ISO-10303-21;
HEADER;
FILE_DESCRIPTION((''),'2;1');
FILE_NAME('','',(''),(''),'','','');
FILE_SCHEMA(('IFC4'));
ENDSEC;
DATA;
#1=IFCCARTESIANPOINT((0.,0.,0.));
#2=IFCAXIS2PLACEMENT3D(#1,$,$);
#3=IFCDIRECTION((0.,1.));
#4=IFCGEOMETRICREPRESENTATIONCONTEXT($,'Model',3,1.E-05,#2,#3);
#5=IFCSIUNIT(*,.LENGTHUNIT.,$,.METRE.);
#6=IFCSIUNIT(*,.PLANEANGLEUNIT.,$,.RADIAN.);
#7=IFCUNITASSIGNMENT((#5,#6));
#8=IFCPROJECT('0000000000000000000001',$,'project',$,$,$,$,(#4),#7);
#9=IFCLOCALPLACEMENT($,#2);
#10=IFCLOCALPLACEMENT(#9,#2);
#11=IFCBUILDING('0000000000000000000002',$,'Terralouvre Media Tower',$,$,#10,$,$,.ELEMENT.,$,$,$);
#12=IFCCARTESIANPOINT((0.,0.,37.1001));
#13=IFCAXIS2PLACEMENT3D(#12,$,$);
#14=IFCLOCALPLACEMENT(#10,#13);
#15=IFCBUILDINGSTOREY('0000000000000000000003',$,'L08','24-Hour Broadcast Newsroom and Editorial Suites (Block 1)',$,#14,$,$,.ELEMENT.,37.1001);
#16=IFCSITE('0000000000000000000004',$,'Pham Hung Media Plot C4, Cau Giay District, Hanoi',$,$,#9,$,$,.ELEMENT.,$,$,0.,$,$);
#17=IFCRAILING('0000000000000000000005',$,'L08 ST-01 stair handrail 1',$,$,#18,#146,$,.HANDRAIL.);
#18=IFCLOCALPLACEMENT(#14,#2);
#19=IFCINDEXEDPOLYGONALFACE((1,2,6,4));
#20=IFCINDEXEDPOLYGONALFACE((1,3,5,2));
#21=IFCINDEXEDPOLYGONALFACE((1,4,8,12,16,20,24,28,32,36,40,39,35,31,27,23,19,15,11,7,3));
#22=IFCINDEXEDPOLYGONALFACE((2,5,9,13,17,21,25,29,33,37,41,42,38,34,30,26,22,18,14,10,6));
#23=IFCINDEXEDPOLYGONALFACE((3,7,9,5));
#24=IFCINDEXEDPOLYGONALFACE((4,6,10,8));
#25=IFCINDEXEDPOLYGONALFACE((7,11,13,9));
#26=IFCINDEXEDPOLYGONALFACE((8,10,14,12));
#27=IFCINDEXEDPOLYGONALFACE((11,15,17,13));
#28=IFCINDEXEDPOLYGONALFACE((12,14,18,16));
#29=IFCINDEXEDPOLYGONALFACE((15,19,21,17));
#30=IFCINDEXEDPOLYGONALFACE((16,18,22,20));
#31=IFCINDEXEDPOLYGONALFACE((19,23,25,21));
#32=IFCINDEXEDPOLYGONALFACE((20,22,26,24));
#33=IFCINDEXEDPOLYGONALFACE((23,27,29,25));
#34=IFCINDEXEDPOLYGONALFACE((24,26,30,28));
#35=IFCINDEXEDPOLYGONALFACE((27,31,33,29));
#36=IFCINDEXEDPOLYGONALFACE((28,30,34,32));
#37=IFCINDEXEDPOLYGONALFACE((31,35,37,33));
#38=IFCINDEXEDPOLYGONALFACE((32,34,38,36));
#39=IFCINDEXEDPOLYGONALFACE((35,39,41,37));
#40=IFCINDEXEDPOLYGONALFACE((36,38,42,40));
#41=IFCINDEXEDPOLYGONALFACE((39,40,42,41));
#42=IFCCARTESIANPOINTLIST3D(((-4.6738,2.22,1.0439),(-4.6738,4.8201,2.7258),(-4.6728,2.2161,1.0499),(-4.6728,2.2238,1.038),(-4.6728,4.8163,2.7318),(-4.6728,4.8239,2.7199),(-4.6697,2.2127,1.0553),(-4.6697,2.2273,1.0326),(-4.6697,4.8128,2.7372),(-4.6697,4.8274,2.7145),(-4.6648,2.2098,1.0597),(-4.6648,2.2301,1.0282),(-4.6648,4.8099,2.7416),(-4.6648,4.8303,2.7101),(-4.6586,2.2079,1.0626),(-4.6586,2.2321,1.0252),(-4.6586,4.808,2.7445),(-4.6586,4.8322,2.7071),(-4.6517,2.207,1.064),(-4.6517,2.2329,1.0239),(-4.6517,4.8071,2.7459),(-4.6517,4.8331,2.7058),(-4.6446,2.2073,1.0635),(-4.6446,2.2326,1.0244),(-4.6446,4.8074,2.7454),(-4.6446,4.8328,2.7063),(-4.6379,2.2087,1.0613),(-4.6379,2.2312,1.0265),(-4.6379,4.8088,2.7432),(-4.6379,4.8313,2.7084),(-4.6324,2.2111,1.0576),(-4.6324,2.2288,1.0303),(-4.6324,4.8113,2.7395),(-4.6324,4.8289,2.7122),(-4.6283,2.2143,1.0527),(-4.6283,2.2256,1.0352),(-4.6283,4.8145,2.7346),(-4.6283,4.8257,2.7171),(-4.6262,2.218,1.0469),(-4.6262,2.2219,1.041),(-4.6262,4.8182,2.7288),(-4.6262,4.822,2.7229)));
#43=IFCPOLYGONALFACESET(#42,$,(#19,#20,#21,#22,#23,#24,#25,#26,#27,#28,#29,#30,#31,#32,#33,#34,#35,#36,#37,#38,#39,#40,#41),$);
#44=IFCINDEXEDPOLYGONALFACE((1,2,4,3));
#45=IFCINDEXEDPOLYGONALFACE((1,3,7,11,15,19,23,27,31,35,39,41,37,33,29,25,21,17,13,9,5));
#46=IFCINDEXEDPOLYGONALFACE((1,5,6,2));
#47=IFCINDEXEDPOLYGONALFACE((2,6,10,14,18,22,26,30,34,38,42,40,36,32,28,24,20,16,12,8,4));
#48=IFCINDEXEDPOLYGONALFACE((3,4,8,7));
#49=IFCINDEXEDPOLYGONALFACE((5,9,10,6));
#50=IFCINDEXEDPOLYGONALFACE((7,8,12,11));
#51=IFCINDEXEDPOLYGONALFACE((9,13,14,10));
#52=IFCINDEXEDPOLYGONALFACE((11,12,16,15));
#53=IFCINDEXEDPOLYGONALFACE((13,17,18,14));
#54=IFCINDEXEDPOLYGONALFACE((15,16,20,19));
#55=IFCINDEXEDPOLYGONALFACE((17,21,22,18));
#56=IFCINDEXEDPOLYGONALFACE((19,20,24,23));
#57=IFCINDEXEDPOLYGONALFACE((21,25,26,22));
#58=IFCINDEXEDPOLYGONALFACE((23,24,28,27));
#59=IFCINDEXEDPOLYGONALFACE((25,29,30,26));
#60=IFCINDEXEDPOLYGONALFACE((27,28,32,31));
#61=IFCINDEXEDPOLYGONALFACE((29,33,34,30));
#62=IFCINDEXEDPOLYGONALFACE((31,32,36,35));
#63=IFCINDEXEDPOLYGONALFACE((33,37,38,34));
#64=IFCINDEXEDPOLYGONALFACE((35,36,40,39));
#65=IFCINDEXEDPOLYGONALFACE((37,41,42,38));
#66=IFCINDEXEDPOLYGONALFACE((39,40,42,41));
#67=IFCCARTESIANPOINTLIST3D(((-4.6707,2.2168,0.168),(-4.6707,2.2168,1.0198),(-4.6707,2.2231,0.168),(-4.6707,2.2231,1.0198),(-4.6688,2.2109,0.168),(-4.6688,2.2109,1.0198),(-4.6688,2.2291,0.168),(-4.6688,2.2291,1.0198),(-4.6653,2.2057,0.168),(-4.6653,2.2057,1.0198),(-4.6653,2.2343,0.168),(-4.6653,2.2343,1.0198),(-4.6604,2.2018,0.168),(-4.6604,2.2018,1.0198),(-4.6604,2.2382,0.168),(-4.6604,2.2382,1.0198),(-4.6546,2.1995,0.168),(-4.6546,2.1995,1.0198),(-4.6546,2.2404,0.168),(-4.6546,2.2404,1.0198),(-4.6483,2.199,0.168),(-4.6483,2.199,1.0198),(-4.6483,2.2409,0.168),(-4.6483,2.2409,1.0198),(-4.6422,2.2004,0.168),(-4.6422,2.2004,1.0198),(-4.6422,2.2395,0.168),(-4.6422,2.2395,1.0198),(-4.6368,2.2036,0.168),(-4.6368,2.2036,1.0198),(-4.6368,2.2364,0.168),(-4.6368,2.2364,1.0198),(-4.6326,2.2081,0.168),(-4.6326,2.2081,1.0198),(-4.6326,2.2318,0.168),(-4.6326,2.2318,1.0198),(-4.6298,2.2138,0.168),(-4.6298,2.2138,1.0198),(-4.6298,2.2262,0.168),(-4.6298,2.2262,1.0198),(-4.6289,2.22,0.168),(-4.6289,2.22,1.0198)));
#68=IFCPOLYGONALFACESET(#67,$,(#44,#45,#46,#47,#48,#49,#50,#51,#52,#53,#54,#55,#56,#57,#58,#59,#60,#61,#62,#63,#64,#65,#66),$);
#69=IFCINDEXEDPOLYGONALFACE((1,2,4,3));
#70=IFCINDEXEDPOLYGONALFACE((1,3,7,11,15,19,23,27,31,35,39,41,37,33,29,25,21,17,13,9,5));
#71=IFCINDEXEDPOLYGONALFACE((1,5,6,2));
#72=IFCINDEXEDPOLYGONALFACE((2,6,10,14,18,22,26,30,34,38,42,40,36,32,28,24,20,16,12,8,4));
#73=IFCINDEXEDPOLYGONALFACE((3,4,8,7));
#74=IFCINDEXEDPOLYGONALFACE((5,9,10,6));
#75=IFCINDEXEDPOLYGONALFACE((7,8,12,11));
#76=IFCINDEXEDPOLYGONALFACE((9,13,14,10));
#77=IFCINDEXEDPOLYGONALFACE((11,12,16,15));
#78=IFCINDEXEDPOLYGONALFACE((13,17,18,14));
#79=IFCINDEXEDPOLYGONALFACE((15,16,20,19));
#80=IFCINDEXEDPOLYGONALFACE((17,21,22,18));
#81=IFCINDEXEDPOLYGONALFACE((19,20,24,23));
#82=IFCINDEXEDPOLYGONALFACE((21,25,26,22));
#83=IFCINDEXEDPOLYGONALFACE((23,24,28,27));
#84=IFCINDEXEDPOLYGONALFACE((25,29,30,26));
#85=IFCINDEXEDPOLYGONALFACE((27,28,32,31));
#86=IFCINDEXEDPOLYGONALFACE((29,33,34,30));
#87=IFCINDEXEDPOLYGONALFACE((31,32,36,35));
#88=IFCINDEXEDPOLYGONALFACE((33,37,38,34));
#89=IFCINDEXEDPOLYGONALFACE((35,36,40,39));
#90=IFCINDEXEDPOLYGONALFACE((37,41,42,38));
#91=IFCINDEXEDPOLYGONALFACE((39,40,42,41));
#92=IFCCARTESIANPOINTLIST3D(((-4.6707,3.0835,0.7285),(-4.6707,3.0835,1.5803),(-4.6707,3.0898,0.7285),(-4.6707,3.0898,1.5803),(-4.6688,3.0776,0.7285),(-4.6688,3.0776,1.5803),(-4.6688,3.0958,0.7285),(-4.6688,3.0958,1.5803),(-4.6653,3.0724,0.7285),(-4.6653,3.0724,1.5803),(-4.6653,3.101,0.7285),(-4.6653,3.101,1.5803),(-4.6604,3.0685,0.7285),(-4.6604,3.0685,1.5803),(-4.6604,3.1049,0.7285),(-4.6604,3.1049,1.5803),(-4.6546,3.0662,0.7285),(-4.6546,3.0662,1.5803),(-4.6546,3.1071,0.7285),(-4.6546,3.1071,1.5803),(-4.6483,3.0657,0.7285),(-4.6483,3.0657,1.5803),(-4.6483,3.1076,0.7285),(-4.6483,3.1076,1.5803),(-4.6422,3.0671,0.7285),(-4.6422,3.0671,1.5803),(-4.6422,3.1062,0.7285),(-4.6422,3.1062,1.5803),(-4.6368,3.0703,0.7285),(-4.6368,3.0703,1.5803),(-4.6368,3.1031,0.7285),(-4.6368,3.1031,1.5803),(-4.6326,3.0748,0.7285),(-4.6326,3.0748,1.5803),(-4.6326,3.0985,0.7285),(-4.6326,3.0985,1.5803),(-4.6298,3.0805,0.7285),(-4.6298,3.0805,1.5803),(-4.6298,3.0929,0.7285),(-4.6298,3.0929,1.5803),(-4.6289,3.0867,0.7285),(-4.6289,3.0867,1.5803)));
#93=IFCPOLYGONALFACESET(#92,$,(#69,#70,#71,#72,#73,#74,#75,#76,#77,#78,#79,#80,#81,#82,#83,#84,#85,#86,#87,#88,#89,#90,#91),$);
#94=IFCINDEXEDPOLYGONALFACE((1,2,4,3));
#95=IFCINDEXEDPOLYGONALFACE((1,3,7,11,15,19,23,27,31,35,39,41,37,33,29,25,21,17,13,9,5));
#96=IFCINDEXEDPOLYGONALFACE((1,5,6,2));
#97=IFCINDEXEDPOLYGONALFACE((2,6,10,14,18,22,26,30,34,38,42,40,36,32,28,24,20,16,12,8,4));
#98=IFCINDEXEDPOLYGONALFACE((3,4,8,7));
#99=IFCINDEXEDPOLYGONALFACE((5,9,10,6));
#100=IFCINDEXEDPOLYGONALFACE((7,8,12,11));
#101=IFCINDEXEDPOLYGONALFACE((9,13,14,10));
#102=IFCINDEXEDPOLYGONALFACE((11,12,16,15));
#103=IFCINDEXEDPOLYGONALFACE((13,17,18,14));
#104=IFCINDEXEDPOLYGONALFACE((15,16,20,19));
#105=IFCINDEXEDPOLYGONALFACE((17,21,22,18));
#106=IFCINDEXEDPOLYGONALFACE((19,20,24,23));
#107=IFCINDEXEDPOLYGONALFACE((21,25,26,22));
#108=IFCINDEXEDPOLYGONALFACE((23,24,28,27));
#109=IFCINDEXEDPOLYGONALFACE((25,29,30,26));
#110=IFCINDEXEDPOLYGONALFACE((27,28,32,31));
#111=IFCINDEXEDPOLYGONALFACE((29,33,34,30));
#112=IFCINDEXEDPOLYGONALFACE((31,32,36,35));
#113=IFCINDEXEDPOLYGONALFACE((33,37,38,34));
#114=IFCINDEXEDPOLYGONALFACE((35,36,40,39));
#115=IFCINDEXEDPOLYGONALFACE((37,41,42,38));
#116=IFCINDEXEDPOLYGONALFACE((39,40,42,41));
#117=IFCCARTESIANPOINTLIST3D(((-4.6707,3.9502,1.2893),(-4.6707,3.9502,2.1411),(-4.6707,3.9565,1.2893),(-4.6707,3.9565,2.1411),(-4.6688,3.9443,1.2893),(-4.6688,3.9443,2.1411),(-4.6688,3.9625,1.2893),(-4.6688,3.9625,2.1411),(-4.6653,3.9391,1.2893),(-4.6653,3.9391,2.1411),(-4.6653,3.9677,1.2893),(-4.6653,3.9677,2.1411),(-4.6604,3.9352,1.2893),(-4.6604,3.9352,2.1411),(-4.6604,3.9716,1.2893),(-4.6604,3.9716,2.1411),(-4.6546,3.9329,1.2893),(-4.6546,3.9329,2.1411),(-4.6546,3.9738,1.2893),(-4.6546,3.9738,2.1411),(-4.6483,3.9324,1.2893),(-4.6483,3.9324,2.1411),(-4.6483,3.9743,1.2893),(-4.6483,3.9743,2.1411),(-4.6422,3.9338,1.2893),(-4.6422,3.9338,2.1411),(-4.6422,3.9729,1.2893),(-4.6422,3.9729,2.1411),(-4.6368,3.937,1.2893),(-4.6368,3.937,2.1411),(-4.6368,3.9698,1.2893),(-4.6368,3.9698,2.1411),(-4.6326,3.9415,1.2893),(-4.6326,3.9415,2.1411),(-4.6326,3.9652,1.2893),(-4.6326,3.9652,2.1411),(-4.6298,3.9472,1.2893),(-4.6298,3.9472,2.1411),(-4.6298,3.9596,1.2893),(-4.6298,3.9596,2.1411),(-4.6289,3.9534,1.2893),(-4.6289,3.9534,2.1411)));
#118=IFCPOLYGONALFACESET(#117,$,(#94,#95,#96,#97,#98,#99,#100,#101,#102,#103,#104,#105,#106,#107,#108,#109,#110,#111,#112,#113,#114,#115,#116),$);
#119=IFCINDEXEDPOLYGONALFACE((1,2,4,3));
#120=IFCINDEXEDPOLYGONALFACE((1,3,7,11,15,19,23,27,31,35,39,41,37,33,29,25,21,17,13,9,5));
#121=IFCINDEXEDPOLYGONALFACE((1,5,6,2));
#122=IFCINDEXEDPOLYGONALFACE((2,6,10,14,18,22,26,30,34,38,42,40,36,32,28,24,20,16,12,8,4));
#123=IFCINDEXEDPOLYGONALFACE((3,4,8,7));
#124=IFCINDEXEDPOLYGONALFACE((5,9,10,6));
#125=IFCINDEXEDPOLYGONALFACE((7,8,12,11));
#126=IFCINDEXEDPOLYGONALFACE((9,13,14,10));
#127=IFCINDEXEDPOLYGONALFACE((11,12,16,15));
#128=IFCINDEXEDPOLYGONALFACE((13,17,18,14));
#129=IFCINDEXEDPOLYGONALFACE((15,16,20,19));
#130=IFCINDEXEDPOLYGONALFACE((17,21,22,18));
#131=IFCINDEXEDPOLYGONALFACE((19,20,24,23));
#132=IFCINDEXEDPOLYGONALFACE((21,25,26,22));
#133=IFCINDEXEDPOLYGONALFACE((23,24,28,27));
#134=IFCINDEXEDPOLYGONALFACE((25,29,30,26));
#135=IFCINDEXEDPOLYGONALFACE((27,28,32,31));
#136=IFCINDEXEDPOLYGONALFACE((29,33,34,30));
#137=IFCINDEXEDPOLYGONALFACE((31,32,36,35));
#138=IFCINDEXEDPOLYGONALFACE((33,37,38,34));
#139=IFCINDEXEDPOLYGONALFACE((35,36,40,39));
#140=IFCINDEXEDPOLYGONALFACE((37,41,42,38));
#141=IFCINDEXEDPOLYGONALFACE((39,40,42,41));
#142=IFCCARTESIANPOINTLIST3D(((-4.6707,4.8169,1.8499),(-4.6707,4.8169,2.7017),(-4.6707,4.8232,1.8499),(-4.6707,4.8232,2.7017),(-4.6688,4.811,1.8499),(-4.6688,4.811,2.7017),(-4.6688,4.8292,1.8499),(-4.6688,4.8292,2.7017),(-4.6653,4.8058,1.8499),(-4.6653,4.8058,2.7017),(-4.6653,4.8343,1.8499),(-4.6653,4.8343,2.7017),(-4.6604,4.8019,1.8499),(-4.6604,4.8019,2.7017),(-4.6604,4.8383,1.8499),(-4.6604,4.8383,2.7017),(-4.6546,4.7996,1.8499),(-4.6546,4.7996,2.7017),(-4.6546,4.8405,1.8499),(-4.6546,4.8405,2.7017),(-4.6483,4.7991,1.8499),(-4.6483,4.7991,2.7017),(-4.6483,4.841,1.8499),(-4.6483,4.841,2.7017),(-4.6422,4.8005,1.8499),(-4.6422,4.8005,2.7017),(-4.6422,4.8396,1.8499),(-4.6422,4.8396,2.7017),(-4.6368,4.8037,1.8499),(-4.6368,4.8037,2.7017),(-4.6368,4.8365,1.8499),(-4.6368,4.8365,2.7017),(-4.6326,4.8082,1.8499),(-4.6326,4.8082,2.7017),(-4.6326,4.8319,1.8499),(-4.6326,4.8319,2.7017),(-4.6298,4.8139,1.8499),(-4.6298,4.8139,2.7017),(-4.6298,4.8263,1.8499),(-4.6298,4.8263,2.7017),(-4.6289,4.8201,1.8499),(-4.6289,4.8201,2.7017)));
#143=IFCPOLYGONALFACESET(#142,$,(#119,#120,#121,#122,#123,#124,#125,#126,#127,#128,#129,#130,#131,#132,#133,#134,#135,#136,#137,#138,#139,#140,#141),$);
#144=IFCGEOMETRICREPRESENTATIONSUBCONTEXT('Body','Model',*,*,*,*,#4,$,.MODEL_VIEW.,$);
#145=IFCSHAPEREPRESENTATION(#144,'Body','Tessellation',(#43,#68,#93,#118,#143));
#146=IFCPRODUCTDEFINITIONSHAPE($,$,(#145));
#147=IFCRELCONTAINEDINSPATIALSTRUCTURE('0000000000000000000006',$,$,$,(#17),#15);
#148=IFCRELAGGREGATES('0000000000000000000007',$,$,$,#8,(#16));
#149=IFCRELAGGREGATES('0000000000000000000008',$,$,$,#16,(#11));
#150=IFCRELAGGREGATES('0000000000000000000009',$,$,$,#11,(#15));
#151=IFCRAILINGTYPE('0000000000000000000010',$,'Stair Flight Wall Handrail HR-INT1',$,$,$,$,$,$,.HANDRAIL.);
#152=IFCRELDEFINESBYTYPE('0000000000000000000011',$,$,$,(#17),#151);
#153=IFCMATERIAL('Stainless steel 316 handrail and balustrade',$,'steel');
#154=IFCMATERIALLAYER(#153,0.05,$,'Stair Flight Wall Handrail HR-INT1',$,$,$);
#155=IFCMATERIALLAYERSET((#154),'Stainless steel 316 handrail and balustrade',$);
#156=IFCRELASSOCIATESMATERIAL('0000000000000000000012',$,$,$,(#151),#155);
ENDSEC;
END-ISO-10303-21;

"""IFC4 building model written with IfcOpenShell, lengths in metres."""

from ifc_helpers import new_model, si_unit, direction, frame, origin, origin_2d, place, context, subcontext, project, spatial, circle, extrude, material, layer, layer_set, type_object, element, save


model = new_model("IFC4")

# Units and contexts
model_context = context("Model", 3, precision=1e-05, world=origin(), true_north=direction((0.0, 1.0)))
body_context = subcontext(model_context, "Body", "Model", "MODEL_VIEW")
ifc_project = project(units=[si_unit("LENGTHUNIT", "METRE"), si_unit("PLANEANGLEUNIT", "RADIAN")], contexts=[model_context])

# Site, building, storey
site_placement = place(None, origin())
site = spatial("IfcSite", under=ifc_project, at=site_placement, Name="Pham Hung Media Plot C4, Cau Giay District, Hanoi", CompositionType="ELEMENT", RefElevation=0.0)
building_placement = place(site_placement, origin())
building = spatial("IfcBuilding", under=site, at=building_placement, Name="Terralouvre Media Tower", CompositionType="ELEMENT")
storey_placement = place(building_placement, frame((0.0, 0.0, 37.1001)))
storey = spatial("IfcBuildingStorey", under=building, at=storey_placement, Name="L08", Description="24-Hour Broadcast Newsroom and Editorial Suites (Block 1)", CompositionType="ELEMENT", Elevation=37.1001)

# Railing
ifc_material_1 = material(Name="Stainless steel 316 handrail and balustrade", Category="steel")
ifc_layer_1 = layer(ifc_material_1, 0.05, Name="Stair Flight Wall Handrail HR-INT1")
ifc_layer_set_1 = layer_set([ifc_layer_1], Name="Stainless steel 316 handrail and balustrade")
railing_type_1 = type_object("IfcRailingType", Name="Stair Flight Wall Handrail HR-INT1", PredefinedType="HANDRAIL", material=ifc_layer_set_1)
railing_1_placement = place(storey_placement, frame((-4.6499, 2.22, 0.168)))
element("IfcRailing", 1, at=railing_1_placement, inside=storey, type_object=railing_type_1, Name="L08 ST-01 stair handrail 1", PredefinedType="HANDRAIL", context=body_context, shape_type="SweptSolid", body=[
    extrude(circle(Radius=0.0239, at=origin_2d()), frame((0.0, 0.0, 0.876), z_axis=(0.0, 0.839648, 0.54313), x_axis=(-1.0, 0.0, 0.0)), (0.0, 0.0, 1.0), 3.0967),
    extrude(circle(Radius=0.021, at=origin_2d()), origin(), (0.0, 0.0, 1.0), 0.8518),
    extrude(circle(Radius=0.021, at=origin_2d()), frame((0.0, 0.8667, 0.5605)), (0.0, 0.0, 1.0), 0.8518),
    extrude(circle(Radius=0.021, at=origin_2d()), frame((0.0, 1.7334, 1.1213)), (0.0, 0.0, 1.0), 0.8518),
    extrude(circle(Radius=0.021, at=origin_2d()), frame((0.0, 2.6001, 1.6819)), (0.0, 0.0, 1.0), 0.8518),
])

save(model, "model.ifc")
